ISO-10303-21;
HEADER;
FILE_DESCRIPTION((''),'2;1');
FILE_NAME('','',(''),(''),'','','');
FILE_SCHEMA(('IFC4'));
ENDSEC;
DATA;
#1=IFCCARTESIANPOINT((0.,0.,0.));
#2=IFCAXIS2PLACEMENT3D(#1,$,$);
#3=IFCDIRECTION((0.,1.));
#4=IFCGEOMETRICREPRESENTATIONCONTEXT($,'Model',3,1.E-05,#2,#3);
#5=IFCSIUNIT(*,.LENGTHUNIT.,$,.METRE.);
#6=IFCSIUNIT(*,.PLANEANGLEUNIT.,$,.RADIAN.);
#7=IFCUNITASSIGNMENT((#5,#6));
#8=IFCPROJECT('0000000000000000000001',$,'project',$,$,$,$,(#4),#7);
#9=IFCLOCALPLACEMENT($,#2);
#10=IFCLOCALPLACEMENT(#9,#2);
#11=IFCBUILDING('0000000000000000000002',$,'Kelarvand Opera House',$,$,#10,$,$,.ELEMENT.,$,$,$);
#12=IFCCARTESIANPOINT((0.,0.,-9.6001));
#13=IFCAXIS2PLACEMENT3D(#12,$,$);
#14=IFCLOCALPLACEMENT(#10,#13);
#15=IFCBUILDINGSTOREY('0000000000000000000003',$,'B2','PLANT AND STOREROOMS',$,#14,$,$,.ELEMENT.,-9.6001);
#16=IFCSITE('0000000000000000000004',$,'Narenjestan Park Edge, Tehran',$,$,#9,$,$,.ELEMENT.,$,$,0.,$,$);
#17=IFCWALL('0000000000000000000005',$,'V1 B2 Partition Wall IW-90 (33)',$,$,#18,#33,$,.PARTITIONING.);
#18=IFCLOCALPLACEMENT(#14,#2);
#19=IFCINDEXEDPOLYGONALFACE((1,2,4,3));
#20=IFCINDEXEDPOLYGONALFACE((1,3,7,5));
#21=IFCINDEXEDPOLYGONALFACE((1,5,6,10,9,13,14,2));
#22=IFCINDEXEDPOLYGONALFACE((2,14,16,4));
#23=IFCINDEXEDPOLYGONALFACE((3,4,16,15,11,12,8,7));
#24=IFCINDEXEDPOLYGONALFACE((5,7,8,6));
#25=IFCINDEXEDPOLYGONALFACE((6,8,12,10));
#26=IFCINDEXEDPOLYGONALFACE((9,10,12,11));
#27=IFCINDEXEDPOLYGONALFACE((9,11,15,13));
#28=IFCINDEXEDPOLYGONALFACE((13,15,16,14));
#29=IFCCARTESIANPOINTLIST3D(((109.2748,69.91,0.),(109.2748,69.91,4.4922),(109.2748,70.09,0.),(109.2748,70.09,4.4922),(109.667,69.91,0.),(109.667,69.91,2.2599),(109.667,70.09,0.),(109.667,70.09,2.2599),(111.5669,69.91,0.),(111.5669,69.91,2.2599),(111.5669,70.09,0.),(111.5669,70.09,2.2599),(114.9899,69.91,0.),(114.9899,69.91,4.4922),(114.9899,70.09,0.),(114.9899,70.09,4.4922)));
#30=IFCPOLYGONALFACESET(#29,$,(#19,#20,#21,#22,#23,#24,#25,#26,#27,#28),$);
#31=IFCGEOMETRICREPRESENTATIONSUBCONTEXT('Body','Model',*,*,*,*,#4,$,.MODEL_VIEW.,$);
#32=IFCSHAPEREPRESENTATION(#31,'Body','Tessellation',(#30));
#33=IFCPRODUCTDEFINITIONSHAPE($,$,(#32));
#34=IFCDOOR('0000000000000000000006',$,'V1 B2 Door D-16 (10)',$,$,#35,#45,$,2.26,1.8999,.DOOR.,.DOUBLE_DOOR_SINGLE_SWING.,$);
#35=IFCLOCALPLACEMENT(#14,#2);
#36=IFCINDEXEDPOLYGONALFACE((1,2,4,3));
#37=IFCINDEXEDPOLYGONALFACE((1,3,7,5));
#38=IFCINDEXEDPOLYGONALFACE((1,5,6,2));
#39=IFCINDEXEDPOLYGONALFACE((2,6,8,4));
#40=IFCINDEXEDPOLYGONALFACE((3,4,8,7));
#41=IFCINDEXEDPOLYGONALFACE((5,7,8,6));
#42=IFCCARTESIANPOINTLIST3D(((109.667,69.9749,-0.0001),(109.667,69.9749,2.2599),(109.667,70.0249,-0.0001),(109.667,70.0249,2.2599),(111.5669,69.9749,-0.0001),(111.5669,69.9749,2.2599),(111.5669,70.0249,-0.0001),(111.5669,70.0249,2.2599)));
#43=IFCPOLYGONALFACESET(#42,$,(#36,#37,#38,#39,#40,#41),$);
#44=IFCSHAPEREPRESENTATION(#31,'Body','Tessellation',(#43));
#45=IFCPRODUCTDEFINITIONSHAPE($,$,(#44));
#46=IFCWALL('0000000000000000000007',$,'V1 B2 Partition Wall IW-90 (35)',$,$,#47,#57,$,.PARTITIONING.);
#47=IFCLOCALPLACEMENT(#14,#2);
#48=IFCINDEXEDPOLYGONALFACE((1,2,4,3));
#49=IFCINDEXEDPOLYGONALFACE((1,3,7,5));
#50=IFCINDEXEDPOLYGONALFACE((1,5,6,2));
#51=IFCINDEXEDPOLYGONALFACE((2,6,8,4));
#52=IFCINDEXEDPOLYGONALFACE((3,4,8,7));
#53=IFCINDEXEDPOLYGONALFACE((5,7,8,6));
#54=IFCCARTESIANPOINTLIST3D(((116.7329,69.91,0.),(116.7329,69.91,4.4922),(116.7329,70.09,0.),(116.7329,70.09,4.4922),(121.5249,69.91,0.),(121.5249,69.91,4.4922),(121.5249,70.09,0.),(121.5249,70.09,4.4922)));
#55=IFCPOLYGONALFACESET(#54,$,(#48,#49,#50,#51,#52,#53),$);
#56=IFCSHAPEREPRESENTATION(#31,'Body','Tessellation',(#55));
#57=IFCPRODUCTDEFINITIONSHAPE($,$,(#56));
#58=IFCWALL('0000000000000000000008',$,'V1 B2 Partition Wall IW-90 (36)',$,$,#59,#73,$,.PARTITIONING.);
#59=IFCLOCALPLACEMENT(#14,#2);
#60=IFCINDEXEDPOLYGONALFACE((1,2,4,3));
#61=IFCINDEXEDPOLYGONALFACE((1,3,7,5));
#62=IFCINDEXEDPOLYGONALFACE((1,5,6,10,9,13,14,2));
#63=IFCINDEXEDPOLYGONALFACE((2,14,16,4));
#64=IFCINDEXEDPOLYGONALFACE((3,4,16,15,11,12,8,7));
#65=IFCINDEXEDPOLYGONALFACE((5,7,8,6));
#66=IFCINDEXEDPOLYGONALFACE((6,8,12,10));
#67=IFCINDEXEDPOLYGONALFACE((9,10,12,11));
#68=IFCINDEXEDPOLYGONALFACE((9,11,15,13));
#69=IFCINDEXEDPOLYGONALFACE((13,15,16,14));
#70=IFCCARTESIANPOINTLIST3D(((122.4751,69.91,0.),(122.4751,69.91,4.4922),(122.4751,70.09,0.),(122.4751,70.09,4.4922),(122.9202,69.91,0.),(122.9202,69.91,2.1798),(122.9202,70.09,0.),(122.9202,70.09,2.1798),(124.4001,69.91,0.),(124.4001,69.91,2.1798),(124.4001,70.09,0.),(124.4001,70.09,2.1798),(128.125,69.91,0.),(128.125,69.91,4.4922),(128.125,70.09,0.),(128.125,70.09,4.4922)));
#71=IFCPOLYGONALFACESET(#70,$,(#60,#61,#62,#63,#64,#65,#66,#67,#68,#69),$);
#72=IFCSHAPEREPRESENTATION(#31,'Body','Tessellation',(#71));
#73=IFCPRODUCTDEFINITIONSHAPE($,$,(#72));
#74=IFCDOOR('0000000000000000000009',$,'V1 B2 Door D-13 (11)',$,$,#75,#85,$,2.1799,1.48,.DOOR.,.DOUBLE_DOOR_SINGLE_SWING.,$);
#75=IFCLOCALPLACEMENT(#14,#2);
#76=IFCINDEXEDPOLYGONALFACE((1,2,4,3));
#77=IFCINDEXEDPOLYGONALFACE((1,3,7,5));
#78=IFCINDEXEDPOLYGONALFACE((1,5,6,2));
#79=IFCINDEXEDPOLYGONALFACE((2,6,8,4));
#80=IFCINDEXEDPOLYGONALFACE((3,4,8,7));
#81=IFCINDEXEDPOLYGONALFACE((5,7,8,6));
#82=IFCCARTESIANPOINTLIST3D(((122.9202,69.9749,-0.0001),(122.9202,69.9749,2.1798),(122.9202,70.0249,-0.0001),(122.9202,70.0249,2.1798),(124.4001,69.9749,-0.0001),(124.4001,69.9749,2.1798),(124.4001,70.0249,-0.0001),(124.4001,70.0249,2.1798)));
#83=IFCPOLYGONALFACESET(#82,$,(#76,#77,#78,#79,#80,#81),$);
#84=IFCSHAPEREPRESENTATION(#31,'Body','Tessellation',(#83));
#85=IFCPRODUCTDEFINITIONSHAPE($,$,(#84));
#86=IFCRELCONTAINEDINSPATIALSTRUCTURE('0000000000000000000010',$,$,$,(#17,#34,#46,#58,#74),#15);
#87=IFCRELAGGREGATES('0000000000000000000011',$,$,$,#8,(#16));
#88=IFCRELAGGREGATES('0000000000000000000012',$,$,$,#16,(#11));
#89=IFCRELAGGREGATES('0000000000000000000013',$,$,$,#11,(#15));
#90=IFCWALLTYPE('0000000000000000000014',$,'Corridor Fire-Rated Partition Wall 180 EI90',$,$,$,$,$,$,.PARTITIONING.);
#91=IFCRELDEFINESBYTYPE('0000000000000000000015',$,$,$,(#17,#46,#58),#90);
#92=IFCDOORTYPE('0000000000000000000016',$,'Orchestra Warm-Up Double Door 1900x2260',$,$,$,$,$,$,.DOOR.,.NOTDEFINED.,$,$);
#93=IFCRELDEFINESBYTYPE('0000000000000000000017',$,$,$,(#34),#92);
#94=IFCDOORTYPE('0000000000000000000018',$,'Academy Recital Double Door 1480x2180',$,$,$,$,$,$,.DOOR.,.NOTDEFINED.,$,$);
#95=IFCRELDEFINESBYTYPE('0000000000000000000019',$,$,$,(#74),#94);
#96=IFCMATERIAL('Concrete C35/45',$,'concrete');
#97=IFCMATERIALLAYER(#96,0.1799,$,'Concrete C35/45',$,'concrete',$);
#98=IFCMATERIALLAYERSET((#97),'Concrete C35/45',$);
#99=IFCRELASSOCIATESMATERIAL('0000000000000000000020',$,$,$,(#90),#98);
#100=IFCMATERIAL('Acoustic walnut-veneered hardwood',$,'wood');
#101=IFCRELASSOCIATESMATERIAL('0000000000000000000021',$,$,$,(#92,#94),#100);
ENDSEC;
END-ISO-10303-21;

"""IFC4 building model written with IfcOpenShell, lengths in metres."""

from ifc_helpers import new_model, si_unit, direction, frame, frame_2d, origin, place, context, subcontext, project, spatial, rectangle, extrude, material, layer, layer_set, type_object, element, fill, save


model = new_model("IFC4")

# Units and contexts
model_context = context("Model", 3, precision=1e-05, world=origin(), true_north=direction((0.0, 1.0)))
body_context = subcontext(model_context, "Body", "Model", "MODEL_VIEW")
ifc_project = project(units=[si_unit("LENGTHUNIT", "METRE"), si_unit("PLANEANGLEUNIT", "RADIAN")], contexts=[model_context])

# Site, building, storey
site_placement = place(None, origin())
site = spatial("IfcSite", under=ifc_project, at=site_placement, Name="Narenjestan Park Edge, Tehran", CompositionType="ELEMENT", RefElevation=0.0)
building_placement = place(site_placement, origin())
building = spatial("IfcBuilding", under=site, at=building_placement, Name="Kelarvand Opera House", CompositionType="ELEMENT")
storey_placement = place(building_placement, frame((0.0, 0.0, -9.6001)))
storey = spatial("IfcBuildingStorey", under=building, at=storey_placement, Name="B2", Description="PLANT AND STOREROOMS", CompositionType="ELEMENT", Elevation=-9.6001)

# Wall, opening, door
ifc_material_1 = material(Name="Concrete C35/45", Category="concrete")
ifc_layer_1 = layer(ifc_material_1, 0.1799, Name="Concrete C35/45", Category="concrete")
ifc_layer_set_1 = layer_set([ifc_layer_1], Name="Concrete C35/45")
wall_type_1 = type_object("IfcWallType", Name="Corridor Fire-Rated Partition Wall 180 EI90", PredefinedType="PARTITIONING", material=ifc_layer_set_1)
wall_1_placement = place(storey_placement, frame((109.2749, 70.0, 0.0), z_axis=(0.0, 0.0, 1.0), x_axis=(1.0, 0.0, 0.0)))
wall_1 = element("IfcWall", 1, at=wall_1_placement, inside=storey, type_object=wall_type_1, Name="V1 B2 Partition Wall IW-90 (33)", PredefinedType="PARTITIONING", context=body_context, shape_type="SweptSolid", body=[
    extrude(rectangle(XDim=5.7151, YDim=0.1799, at=frame_2d((2.8574, 0.0))), origin(), (0.0, 0.0, 1.0), 4.4922),
])
opening_1_placement = place(wall_1_placement, frame((0.3921, 0.0, 0.0)))
opening_1 = element("IfcOpeningElement", 2, at=opening_1_placement, cuts=wall_1, PredefinedType="OPENING", context=body_context, shape_type="SweptSolid", body=[
    extrude(rectangle(XDim=1.8999, YDim=2.26, at=frame_2d((0.95, 1.1299))), frame((0.0, 0.1001, 0.0), z_axis=(0.0, -1.0, 0.0), x_axis=(1.0, 0.0, 0.0)), (0.0, 0.0, 1.0), 0.2),
])
ifc_material_2 = material(Name="Acoustic walnut-veneered hardwood", Category="wood")
door_type_1 = type_object("IfcDoorType", Name="Orchestra Warm-Up Double Door 1900x2260", OperationType="NOTDEFINED", PredefinedType="DOOR", material=ifc_material_2)
door_1_placement = place(opening_1_placement, origin())
door_1 = element("IfcDoor", 3, at=door_1_placement, inside=storey, type_object=door_type_1, Name="V1 B2 Door D-16 (10)", OperationType="DOUBLE_DOOR_SINGLE_SWING", OverallHeight=2.26, OverallWidth=1.8999, PredefinedType="DOOR", context=body_context, shape_type="SweptSolid", body=[
    extrude(rectangle(XDim=1.8999, YDim=2.26, at=frame_2d((0.95, 1.1299))), frame((0.0, 0.0249, 0.0), z_axis=(0.0, -1.0, 0.0), x_axis=(1.0, 0.0, 0.0)), (0.0, 0.0, 1.0), 0.05),
])
fill(opening_1, door_1)

# Wall
wall_2_placement = place(storey_placement, frame((116.7329, 70.0, 0.0), z_axis=(0.0, 0.0, 1.0), x_axis=(1.0, 0.0, 0.0)))
element("IfcWall", 4, at=wall_2_placement, inside=storey, type_object=wall_type_1, Name="V1 B2 Partition Wall IW-90 (35)", PredefinedType="PARTITIONING", context=body_context, shape_type="SweptSolid", body=[
    extrude(rectangle(XDim=4.792, YDim=0.1799, at=frame_2d((2.396, 0.0))), origin(), (0.0, 0.0, 1.0), 4.4922),
])

# Wall, opening, door
wall_3_placement = place(storey_placement, frame((122.4751, 70.0, 0.0), z_axis=(0.0, 0.0, 1.0), x_axis=(1.0, 0.0, 0.0)))
wall_3 = element("IfcWall", 5, at=wall_3_placement, inside=storey, type_object=wall_type_1, Name="V1 B2 Partition Wall IW-90 (36)", PredefinedType="PARTITIONING", context=body_context, shape_type="SweptSolid", body=[
    extrude(rectangle(XDim=5.6499, YDim=0.1799, at=frame_2d((2.825, 0.0))), origin(), (0.0, 0.0, 1.0), 4.4922),
])
opening_2_placement = place(wall_3_placement, frame((0.4451, 0.0, 0.0)))
opening_2 = element("IfcOpeningElement", 6, at=opening_2_placement, cuts=wall_3, PredefinedType="OPENING", context=body_context, shape_type="SweptSolid", body=[
    extrude(rectangle(XDim=1.48, YDim=2.1799, at=frame_2d((0.74, 1.0898))), frame((0.0, 0.1001, 0.0), z_axis=(0.0, -1.0, 0.0), x_axis=(1.0, 0.0, 0.0)), (0.0, 0.0, 1.0), 0.2),
])
door_type_2 = type_object("IfcDoorType", Name="Academy Recital Double Door 1480x2180", OperationType="NOTDEFINED", PredefinedType="DOOR", material=ifc_material_2)
door_2_placement = place(opening_2_placement, origin())
door_2 = element("IfcDoor", 7, at=door_2_placement, inside=storey, type_object=door_type_2, Name="V1 B2 Door D-13 (11)", OperationType="DOUBLE_DOOR_SINGLE_SWING", OverallHeight=2.1799, OverallWidth=1.48, PredefinedType="DOOR", context=body_context, shape_type="SweptSolid", body=[
    extrude(rectangle(XDim=1.48, YDim=2.1799, at=frame_2d((0.74, 1.0898))), frame((0.0, 0.0249, 0.0), z_axis=(0.0, -1.0, 0.0), x_axis=(1.0, 0.0, 0.0)), (0.0, 0.0, 1.0), 0.05),
])
fill(opening_2, door_2)

save(model, "model.ifc")
